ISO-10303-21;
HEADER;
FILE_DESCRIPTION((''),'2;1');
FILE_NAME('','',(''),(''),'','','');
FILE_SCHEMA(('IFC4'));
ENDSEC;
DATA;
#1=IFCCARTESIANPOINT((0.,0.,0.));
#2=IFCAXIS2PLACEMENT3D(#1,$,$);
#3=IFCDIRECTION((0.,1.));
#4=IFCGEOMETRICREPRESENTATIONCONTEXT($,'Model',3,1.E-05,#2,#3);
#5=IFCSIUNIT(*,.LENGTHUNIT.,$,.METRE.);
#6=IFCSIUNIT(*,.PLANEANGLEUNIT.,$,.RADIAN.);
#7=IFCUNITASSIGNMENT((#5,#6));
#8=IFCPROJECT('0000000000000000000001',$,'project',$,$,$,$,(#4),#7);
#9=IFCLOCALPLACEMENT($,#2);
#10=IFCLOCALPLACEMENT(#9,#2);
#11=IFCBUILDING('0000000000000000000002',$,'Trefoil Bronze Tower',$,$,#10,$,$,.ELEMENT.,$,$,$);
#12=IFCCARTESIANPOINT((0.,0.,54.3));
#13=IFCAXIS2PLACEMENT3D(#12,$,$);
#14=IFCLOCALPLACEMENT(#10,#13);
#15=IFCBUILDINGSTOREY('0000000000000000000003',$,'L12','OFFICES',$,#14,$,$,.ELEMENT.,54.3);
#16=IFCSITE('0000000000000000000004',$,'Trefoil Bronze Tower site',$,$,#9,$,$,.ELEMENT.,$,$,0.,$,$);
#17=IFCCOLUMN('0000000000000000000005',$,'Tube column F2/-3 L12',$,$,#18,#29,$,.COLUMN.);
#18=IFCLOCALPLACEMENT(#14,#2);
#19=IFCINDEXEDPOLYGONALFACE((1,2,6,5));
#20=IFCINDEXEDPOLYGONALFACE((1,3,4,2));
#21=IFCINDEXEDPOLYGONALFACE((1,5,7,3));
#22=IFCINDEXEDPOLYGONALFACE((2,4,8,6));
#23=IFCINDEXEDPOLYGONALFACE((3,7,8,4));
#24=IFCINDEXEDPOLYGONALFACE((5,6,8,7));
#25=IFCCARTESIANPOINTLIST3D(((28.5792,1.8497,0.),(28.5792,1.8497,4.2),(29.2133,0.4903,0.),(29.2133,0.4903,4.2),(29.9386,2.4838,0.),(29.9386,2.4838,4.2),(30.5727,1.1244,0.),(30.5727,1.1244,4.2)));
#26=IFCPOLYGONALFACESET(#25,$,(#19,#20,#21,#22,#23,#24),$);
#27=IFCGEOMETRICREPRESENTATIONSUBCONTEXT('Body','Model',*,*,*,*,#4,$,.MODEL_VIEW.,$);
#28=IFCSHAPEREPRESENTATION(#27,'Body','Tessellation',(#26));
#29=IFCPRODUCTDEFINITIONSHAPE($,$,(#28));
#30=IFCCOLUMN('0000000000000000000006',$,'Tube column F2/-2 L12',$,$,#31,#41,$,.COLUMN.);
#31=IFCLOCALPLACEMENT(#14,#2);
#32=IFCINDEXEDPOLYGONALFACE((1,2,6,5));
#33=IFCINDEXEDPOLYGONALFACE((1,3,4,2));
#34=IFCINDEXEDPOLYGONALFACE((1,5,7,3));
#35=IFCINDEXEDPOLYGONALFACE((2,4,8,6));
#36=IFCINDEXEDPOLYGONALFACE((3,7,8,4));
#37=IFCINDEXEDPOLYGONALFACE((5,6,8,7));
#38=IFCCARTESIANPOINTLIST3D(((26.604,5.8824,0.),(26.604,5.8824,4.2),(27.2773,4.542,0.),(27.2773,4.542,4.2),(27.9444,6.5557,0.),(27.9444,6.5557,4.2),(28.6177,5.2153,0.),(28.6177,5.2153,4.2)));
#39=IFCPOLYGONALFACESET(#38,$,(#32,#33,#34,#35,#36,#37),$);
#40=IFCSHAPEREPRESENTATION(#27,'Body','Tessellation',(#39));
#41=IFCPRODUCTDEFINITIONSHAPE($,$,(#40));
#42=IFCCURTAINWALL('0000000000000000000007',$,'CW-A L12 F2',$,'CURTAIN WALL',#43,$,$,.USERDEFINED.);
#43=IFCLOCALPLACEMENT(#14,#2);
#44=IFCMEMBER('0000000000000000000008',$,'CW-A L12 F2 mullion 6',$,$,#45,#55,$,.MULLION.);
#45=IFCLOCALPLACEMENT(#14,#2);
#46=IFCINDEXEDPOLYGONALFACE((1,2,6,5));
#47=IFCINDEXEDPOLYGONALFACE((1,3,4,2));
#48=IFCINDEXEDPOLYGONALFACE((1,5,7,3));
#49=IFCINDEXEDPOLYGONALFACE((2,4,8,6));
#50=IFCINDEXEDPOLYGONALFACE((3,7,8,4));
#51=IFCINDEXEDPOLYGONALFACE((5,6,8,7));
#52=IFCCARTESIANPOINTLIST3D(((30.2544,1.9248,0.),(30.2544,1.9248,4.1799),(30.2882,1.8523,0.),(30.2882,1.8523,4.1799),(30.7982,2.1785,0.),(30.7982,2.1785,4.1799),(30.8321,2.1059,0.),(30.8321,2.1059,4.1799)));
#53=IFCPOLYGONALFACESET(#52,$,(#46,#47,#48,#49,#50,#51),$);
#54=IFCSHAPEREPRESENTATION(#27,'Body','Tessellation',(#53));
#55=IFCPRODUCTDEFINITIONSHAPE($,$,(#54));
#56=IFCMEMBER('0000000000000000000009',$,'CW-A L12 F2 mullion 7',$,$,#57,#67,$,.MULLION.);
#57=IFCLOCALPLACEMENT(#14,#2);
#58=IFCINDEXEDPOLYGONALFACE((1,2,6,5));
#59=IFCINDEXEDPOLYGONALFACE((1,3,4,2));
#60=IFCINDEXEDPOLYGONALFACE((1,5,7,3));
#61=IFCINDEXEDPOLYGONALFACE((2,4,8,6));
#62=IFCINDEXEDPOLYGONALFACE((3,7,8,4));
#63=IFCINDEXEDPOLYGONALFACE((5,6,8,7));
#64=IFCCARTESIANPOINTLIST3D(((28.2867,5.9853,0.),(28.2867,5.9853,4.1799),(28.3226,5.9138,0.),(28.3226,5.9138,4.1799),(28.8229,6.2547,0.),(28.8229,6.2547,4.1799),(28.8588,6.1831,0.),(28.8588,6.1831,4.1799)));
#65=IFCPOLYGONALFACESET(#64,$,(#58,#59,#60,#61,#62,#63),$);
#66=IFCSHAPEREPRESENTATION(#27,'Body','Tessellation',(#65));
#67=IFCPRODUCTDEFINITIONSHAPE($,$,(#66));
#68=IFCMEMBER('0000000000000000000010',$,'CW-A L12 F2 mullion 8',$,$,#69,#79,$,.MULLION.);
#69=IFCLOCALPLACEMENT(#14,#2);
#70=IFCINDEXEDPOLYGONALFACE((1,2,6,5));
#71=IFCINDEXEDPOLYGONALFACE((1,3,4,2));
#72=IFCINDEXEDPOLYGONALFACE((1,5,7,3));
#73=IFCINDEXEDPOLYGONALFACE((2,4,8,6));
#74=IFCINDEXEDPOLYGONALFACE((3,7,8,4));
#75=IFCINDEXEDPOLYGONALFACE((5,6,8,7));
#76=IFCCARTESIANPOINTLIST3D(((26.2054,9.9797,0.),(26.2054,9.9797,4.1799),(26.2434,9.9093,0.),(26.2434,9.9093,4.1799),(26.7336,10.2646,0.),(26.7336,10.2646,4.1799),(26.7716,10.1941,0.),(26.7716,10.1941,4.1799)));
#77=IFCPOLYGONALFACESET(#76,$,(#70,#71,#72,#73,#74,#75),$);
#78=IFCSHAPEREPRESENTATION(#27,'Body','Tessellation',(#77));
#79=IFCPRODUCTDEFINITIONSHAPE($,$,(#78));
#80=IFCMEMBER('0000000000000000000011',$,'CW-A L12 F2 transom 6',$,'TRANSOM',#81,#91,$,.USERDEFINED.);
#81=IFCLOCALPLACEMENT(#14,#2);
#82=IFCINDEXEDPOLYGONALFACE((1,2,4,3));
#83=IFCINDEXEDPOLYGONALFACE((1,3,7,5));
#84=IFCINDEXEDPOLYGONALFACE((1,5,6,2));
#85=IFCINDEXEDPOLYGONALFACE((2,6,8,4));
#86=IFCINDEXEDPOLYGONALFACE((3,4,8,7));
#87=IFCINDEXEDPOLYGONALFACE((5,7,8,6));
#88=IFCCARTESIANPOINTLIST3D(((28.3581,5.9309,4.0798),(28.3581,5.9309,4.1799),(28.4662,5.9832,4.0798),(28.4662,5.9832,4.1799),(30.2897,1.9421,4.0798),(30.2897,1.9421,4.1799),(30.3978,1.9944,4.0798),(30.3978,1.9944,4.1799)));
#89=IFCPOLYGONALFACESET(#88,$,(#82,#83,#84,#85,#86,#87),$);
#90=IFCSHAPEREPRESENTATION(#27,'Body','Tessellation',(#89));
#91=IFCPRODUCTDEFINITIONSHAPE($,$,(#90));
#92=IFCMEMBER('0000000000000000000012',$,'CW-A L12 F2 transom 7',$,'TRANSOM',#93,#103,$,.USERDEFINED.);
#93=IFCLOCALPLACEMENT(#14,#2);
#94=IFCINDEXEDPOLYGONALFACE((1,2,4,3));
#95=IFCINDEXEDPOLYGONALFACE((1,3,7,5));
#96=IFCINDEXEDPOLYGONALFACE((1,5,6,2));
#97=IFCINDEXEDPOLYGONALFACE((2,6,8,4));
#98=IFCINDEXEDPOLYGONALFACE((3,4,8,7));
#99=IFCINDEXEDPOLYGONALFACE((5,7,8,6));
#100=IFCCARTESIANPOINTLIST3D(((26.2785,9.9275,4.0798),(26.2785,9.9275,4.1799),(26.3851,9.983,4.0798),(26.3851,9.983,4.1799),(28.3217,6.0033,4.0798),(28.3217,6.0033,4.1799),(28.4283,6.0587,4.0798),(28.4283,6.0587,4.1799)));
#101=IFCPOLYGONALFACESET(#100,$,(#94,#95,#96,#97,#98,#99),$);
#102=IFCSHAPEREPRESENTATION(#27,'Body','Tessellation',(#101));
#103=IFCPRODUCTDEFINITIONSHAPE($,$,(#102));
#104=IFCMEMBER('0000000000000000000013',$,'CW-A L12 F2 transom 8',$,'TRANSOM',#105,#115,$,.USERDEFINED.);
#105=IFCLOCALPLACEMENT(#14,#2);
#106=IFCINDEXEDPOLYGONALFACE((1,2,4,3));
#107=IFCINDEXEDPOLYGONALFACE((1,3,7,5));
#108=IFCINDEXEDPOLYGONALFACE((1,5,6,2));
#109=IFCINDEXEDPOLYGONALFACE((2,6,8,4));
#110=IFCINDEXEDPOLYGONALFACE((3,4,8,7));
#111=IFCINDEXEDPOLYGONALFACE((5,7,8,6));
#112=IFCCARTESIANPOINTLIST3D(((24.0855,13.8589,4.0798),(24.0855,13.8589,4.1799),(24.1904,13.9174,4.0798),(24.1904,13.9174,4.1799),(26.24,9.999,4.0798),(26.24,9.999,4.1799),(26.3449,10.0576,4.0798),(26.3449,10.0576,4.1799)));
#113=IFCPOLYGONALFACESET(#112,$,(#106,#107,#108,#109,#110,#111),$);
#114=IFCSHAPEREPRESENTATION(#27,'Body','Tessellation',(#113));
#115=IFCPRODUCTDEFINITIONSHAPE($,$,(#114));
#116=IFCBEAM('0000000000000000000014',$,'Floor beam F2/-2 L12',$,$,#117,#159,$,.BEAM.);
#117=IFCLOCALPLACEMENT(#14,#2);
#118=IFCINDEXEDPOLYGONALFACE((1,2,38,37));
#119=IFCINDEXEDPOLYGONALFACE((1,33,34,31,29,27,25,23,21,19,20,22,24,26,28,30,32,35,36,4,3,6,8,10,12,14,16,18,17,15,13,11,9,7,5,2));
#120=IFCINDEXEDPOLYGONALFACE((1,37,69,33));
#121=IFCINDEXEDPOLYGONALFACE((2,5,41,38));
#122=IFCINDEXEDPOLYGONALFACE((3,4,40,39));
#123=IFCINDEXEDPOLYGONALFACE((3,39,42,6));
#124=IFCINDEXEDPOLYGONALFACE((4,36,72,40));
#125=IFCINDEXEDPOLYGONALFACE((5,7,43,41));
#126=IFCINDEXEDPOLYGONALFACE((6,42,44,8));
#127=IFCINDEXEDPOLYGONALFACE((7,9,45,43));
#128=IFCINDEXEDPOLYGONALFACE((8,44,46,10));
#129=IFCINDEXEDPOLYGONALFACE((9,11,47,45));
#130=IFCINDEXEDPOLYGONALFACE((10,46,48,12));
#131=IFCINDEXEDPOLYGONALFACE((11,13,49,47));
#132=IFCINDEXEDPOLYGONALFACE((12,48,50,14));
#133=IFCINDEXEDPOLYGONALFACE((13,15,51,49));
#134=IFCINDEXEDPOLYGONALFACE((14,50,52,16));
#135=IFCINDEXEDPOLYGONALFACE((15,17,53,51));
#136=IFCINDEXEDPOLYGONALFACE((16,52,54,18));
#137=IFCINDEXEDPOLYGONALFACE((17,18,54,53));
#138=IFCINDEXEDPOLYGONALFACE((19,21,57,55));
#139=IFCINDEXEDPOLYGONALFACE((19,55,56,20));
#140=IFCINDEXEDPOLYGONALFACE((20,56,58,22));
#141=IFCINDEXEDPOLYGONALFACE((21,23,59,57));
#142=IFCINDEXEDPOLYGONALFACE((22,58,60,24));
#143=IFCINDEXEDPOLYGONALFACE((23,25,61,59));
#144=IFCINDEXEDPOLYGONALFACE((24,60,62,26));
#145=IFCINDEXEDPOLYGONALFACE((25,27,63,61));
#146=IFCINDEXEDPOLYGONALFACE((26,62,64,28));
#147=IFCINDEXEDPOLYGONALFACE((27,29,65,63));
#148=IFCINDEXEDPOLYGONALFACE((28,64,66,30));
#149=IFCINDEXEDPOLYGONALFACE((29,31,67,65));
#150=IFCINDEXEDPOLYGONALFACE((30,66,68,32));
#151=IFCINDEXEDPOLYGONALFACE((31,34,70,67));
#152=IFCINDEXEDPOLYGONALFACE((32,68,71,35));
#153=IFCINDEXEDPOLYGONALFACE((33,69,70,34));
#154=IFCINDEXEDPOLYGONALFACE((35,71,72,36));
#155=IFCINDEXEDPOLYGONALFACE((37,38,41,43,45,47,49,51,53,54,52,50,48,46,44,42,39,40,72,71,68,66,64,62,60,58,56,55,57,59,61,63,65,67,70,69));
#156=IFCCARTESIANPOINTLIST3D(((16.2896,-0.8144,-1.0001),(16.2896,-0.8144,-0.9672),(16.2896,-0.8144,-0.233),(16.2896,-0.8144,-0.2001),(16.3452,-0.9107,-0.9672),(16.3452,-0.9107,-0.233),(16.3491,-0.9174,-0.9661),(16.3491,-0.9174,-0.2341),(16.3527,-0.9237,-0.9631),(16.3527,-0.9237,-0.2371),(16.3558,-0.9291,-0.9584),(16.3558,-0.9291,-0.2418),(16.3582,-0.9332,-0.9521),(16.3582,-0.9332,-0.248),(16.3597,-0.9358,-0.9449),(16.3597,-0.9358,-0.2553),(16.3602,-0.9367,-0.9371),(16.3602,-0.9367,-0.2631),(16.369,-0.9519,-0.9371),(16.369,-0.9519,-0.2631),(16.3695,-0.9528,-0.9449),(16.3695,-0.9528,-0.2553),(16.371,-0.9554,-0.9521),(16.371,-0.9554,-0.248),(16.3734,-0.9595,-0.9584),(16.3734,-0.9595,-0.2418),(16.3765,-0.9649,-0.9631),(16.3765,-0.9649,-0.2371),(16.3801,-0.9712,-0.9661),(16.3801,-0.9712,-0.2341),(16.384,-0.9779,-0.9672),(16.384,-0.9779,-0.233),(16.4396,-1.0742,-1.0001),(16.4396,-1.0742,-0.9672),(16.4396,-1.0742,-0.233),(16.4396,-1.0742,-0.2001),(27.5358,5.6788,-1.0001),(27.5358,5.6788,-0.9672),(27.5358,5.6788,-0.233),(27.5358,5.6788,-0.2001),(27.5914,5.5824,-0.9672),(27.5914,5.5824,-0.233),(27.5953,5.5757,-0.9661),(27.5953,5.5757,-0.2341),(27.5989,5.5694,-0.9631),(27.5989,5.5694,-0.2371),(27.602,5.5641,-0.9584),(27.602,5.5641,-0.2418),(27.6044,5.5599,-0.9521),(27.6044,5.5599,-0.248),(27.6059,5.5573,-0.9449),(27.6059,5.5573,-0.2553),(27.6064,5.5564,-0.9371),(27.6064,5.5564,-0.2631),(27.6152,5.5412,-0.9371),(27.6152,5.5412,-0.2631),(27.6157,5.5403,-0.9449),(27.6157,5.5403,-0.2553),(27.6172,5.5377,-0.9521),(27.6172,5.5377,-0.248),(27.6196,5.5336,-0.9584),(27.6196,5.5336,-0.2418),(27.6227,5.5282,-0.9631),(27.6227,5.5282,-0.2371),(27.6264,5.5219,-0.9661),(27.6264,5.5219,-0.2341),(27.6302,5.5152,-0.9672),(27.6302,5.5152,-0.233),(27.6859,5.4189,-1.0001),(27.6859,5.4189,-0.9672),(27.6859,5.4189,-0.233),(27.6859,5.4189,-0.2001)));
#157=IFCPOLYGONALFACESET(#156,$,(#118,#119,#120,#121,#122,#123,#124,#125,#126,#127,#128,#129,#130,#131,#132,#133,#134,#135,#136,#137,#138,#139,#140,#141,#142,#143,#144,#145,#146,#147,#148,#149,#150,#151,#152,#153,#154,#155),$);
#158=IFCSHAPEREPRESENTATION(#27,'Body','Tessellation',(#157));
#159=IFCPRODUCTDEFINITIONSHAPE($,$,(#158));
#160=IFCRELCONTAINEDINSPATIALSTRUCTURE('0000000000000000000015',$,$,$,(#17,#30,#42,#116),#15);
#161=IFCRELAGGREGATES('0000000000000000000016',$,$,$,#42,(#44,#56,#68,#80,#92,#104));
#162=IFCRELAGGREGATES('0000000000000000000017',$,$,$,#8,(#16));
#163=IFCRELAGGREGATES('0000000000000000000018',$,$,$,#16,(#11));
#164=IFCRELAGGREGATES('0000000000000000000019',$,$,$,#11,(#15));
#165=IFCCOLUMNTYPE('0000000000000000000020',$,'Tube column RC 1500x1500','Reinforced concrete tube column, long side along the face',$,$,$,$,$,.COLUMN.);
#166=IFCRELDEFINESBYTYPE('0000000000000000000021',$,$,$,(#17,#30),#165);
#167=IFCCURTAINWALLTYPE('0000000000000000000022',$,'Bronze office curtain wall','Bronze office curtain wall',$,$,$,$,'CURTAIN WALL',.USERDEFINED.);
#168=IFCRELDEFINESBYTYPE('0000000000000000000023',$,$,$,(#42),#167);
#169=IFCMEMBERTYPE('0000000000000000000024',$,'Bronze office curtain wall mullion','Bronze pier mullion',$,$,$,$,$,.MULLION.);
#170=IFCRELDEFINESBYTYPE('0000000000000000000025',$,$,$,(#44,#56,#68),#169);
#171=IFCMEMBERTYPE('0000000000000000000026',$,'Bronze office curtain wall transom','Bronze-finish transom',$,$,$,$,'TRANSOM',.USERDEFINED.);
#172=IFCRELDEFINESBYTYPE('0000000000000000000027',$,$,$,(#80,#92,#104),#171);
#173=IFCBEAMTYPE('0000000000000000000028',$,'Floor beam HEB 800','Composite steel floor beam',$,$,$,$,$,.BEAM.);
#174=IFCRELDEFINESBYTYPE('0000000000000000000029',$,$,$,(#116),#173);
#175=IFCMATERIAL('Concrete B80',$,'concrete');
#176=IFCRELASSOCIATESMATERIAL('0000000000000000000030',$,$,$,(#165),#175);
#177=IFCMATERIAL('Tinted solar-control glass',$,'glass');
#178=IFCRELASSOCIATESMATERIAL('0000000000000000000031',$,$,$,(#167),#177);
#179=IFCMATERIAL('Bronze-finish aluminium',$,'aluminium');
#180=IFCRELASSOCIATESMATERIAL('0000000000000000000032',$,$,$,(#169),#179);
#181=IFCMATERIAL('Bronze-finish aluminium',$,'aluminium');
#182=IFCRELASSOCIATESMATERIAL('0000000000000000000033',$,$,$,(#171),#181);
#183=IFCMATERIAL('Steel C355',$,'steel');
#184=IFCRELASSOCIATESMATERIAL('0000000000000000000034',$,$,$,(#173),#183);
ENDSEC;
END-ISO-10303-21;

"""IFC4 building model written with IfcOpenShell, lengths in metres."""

from ifc_helpers import new_model, si_unit, direction, frame, origin, origin_2d, place, context, subcontext, project, spatial, rectangle, i_section, extrude, material, material_profile, profile_set, type_object, element, aggregate, save


model = new_model("IFC4")

# Units and contexts
model_context = context("Model", 3, precision=1e-05, world=origin(), true_north=direction((0.0, 1.0)))
body_context = subcontext(model_context, "Body", "Model", "MODEL_VIEW")
ifc_project = project(units=[si_unit("LENGTHUNIT", "METRE"), si_unit("PLANEANGLEUNIT", "RADIAN")], contexts=[model_context])

# Site, building, storey
site_placement = place(None, origin())
site = spatial("IfcSite", under=ifc_project, at=site_placement, Name="Trefoil Bronze Tower site", CompositionType="ELEMENT", RefElevation=0.0)
building_placement = place(site_placement, origin())
building = spatial("IfcBuilding", under=site, at=building_placement, Name="Trefoil Bronze Tower", CompositionType="ELEMENT")
storey_placement = place(building_placement, frame((0.0, 0.0, 54.3)))
storey = spatial("IfcBuildingStorey", under=building, at=storey_placement, Name="L12", Description="OFFICES", CompositionType="ELEMENT", Elevation=54.3)

# Columns
ifc_material_1 = material(Name="Concrete B80", Category="concrete")
ifc_material_profile_1 = material_profile(ifc_material_1, rectangle(XDim=1.5, YDim=1.5, at=origin_2d()), Name="RC 1500x1500")
ifc_profile_set_1 = profile_set([ifc_material_profile_1], Name="Concrete B80")
column_type = type_object("IfcColumnType", Name="Tube column RC 1500x1500", Description="Reinforced concrete tube column, long side along the face", PredefinedType="COLUMN", material=ifc_profile_set_1)
for number, where, z_axis, x_axis, name in (
    (1, (29.5759, 1.4871, 0.0), (0.0, 0.0, 1.0), (-0.422701, 0.906269, 0.0), "Tube column F2/-3 L12"),
    (2, (27.6108, 5.5488, 0.0), (0.0, 0.0, 1.0), (-0.44889, 0.893587, 0.0), "Tube column F2/-2 L12"),
):
    element("IfcColumn", number, at=place(storey_placement, frame(where, z_axis=z_axis, x_axis=x_axis)), inside=storey, type_object=column_type, Name=name, PredefinedType="COLUMN", context=body_context, shape_type="SweptSolid", body=[
        extrude(rectangle(XDim=1.5, YDim=1.5, at=origin_2d()), origin(), (0.0, 0.0, 1.0), 4.2),
    ])

# Curtain wall, members
ifc_material_2 = material(Name="Tinted solar-control glass", Category="glass")
curtain_wall_type = type_object("IfcCurtainWallType", Name="Bronze office curtain wall", Description="Bronze office curtain wall", ElementType="CURTAIN WALL", PredefinedType="USERDEFINED", material=ifc_material_2)
curtain_wall_placement = place(storey_placement, origin())
curtain_wall = element("IfcCurtainWall", 3, at=curtain_wall_placement, inside=storey, type_object=curtain_wall_type, Name="CW-A L12 F2", ObjectType="CURTAIN WALL", PredefinedType="USERDEFINED")
ifc_material_3 = material(Name="Bronze-finish aluminium", Category="aluminium")
ifc_material_profile_2 = material_profile(ifc_material_3, rectangle(XDim=0.6001, YDim=0.0801, at=origin_2d()), Name="CW-A mullion")
ifc_profile_set_2 = profile_set([ifc_material_profile_2], Name="Bronze-finish aluminium")
member_type_1 = type_object("IfcMemberType", Name="Bronze office curtain wall mullion", Description="Bronze pier mullion", PredefinedType="MULLION", material=ifc_profile_set_2)
member_1_placement = place(storey_placement, frame((30.5432, 2.0154, 0.0), z_axis=(0.0, 0.0, 1.0), x_axis=(-0.906269, -0.422701, 0.0)))
member_1 = element("IfcMember", 4, at=member_1_placement, type_object=member_type_1, Name="CW-A L12 F2 mullion 6", PredefinedType="MULLION", context=body_context, shape_type="SweptSolid", body=[
    extrude(rectangle(XDim=0.6001, YDim=0.0801, at=origin_2d()), origin(), (0.0, 0.0, 1.0), 4.1799),
])
member_2_placement = place(storey_placement, frame((28.5728, 6.0842, 0.0), z_axis=(0.0, 0.0, 1.0), x_axis=(-0.893587, -0.44889, 0.0)))
member_2 = element("IfcMember", 5, at=member_2_placement, type_object=member_type_1, Name="CW-A L12 F2 mullion 7", PredefinedType="MULLION", context=body_context, shape_type="SweptSolid", body=[
    extrude(rectangle(XDim=0.6001, YDim=0.0801, at=origin_2d()), origin(), (0.0, 0.0, 1.0), 4.1799),
])
member_3_placement = place(storey_placement, frame((26.4885, 10.0869, 0.0), z_axis=(0.0, 0.0, 1.0), x_axis=(-0.880171, -0.474656, 0.0)))
member_3 = element("IfcMember", 6, at=member_3_placement, type_object=member_type_1, Name="CW-A L12 F2 mullion 8", PredefinedType="MULLION", context=body_context, shape_type="SweptSolid", body=[
    extrude(rectangle(XDim=0.6001, YDim=0.0801, at=origin_2d()), origin(), (0.0, 0.0, 1.0), 4.1799),
])
ifc_material_4 = material(Name="Bronze-finish aluminium", Category="aluminium")
ifc_material_profile_3 = material_profile(ifc_material_4, rectangle(XDim=0.1201, YDim=0.1001, at=origin_2d()), Name="CW-A transom")
ifc_profile_set_3 = profile_set([ifc_material_profile_3], Name="Bronze-finish aluminium")
member_type_2 = type_object("IfcMemberType", Name="Bronze office curtain wall transom", Description="Bronze-finish transom", ElementType="TRANSOM", PredefinedType="USERDEFINED", material=ifc_profile_set_3)
member_4_placement = place(storey_placement, frame((30.3438, 1.9683, 4.1299), z_axis=(-0.435852, 0.900018, 0.0), x_axis=(-0.900018, -0.435852, 0.0)))
member_4 = element("IfcMember", 7, at=member_4_placement, type_object=member_type_2, Name="CW-A L12 F2 transom 6", ObjectType="TRANSOM", PredefinedType="USERDEFINED", context=body_context, shape_type="SweptSolid", body=[
    extrude(rectangle(XDim=0.1201, YDim=0.1001, at=origin_2d()), origin(), (0.0, 0.0, 1.0), 4.4319),
])
member_5_placement = place(storey_placement, frame((28.375, 6.031, 4.1299), z_axis=(-0.46181, 0.886979, 0.0), x_axis=(-0.886979, -0.46181, 0.0)))
member_5 = element("IfcMember", 8, at=member_5_placement, type_object=member_type_2, Name="CW-A L12 F2 transom 7", ObjectType="TRANSOM", PredefinedType="USERDEFINED", context=body_context, shape_type="SweptSolid", body=[
    extrude(rectangle(XDim=0.1201, YDim=0.1001, at=origin_2d()), origin(), (0.0, 0.0, 1.0), 4.4243),
])
member_6_placement = place(storey_placement, frame((26.2925, 10.0283, 4.1299), z_axis=(-0.4874, 0.873179, 0.0), x_axis=(-0.873179, -0.4874, 0.0)))
member_6 = element("IfcMember", 9, at=member_6_placement, type_object=member_type_2, Name="CW-A L12 F2 transom 8", ObjectType="TRANSOM", PredefinedType="USERDEFINED", context=body_context, shape_type="SweptSolid", body=[
    extrude(rectangle(XDim=0.1201, YDim=0.1001, at=origin_2d()), origin(), (0.0, 0.0, 1.0), 4.4204),
])

# Beam
ifc_material_5 = material(Name="Steel C355", Category="steel")
ifc_material_profile_4 = material_profile(ifc_material_5, i_section(OverallWidth=0.3, OverallDepth=0.8, WebThickness=0.0176, FlangeThickness=0.033, FilletRadius=0.03, at=origin_2d()), Name="HEB 800")
ifc_profile_set_4 = profile_set([ifc_material_profile_4], Name="Steel C355")
beam_type_1 = type_object("IfcBeamType", Name="Floor beam HEB 800", Description="Composite steel floor beam", PredefinedType="BEAM", material=ifc_profile_set_4)
beam_1_placement = place(storey_placement, frame((27.6108, 5.5488, -0.6001), z_axis=(-0.866022, -0.500005, 0.0), x_axis=(0.500005, -0.866022, 0.0)))
element("IfcBeam", 10, at=beam_1_placement, inside=storey, type_object=beam_type_1, Name="Floor beam F2/-2 L12", PredefinedType="BEAM", context=body_context, shape_type="SweptSolid", body=[
    extrude(i_section(OverallWidth=0.3, OverallDepth=0.8, WebThickness=0.0176, FlangeThickness=0.033, FilletRadius=0.03, at=origin_2d()), origin(), (0.0, 0.0, 1.0), 12.9861),
])

aggregate(curtain_wall, [member_1, member_2, member_3, member_4, member_5, member_6])

save(model, "model.ifc")
